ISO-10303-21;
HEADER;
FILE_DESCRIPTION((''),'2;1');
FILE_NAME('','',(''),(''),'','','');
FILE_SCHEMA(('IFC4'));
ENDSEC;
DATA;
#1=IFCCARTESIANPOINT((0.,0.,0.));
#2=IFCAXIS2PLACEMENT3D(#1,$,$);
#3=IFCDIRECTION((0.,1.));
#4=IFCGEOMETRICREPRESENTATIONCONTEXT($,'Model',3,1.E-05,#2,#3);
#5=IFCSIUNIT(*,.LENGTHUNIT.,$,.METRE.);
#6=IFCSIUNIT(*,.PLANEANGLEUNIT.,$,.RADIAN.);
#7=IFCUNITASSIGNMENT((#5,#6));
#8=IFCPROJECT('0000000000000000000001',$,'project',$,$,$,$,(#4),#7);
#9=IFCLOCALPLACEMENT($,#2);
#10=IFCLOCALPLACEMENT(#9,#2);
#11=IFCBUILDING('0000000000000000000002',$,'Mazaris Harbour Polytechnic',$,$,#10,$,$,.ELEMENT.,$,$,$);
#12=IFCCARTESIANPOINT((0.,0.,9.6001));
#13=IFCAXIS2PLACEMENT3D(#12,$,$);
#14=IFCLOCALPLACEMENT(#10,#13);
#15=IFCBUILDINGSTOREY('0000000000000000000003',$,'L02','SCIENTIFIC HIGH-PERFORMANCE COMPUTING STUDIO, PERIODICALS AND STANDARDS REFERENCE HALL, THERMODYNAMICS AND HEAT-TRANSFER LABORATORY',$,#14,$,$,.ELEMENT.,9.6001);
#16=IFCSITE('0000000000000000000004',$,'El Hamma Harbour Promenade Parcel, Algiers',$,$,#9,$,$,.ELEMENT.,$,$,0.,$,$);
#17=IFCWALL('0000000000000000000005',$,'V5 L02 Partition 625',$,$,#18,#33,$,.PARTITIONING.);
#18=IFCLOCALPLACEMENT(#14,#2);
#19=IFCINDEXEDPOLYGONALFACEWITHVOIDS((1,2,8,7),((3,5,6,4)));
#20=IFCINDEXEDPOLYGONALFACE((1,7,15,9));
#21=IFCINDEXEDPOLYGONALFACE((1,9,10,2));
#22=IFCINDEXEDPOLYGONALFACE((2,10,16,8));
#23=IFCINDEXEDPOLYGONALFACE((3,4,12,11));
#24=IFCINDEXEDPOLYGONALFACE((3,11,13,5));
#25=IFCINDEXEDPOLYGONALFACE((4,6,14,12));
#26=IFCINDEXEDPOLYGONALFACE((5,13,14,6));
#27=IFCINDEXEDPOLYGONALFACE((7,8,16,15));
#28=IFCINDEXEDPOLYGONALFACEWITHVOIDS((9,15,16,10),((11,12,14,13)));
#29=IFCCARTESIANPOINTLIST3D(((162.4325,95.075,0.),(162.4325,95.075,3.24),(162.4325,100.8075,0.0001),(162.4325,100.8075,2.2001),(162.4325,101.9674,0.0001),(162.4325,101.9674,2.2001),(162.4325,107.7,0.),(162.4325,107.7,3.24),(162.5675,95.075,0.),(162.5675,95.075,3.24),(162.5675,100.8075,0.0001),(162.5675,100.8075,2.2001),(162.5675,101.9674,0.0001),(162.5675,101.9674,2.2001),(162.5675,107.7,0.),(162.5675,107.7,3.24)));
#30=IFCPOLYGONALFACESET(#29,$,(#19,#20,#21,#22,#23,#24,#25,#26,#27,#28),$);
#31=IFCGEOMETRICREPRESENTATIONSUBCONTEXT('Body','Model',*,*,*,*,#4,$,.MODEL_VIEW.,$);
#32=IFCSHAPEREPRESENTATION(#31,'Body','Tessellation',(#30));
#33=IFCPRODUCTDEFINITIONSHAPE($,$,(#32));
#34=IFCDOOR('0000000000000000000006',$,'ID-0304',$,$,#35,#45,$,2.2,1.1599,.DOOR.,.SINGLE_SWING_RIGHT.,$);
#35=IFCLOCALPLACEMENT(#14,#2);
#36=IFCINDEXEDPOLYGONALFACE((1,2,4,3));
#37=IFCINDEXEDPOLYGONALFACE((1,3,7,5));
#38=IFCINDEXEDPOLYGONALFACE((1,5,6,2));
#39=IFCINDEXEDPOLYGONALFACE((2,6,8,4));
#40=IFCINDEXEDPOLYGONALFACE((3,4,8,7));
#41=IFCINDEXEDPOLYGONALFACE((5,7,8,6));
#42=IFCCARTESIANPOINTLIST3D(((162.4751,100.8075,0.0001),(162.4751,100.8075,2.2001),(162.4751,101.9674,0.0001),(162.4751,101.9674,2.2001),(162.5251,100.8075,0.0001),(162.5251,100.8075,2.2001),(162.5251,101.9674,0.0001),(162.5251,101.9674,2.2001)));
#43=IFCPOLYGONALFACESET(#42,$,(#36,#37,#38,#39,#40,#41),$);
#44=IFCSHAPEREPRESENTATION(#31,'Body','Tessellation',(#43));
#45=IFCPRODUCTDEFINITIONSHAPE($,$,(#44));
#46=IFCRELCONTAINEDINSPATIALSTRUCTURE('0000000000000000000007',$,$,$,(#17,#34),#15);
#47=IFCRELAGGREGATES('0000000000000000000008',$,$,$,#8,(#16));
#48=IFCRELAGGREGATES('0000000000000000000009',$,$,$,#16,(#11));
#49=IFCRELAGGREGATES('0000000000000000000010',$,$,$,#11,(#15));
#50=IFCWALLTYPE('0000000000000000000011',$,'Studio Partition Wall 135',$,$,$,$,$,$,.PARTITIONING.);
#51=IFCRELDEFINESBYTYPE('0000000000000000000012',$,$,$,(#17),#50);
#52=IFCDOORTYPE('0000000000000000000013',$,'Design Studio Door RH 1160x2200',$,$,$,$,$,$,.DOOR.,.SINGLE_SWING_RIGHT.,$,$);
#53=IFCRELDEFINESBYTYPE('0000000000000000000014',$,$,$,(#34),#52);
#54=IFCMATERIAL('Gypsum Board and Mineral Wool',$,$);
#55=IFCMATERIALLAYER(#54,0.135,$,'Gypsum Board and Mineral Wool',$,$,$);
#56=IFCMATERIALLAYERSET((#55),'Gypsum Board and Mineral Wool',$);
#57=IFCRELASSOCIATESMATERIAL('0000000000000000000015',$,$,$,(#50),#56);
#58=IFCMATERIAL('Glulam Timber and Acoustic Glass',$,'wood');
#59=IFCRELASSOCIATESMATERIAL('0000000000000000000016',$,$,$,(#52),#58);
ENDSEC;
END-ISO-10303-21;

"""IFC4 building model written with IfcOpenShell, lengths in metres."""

from ifc_helpers import new_model, si_unit, direction, frame, frame_2d, origin, place, context, subcontext, project, spatial, rectangle, extrude, material, layer, layer_set, type_object, element, fill, save


model = new_model("IFC4")

# Units and contexts
model_context = context("Model", 3, precision=1e-05, world=origin(), true_north=direction((0.0, 1.0)))
body_context = subcontext(model_context, "Body", "Model", "MODEL_VIEW")
ifc_project = project(units=[si_unit("LENGTHUNIT", "METRE"), si_unit("PLANEANGLEUNIT", "RADIAN")], contexts=[model_context])

# Site, building, storey
site_placement = place(None, origin())
site = spatial("IfcSite", under=ifc_project, at=site_placement, Name="El Hamma Harbour Promenade Parcel, Algiers", CompositionType="ELEMENT", RefElevation=0.0)
building_placement = place(site_placement, origin())
building = spatial("IfcBuilding", under=site, at=building_placement, Name="Mazaris Harbour Polytechnic", CompositionType="ELEMENT")
storey_placement = place(building_placement, frame((0.0, 0.0, 9.6001)))
storey = spatial("IfcBuildingStorey", under=building, at=storey_placement, Name="L02", Description="SCIENTIFIC HIGH-PERFORMANCE COMPUTING STUDIO, PERIODICALS AND STANDARDS REFERENCE HALL, THERMODYNAMICS AND HEAT-TRANSFER LABORATORY", CompositionType="ELEMENT", Elevation=9.6001)

# Wall, opening, door
ifc_material_1 = material(Name="Gypsum Board and Mineral Wool")
ifc_layer_1 = layer(ifc_material_1, 0.135, Name="Gypsum Board and Mineral Wool")
ifc_layer_set_1 = layer_set([ifc_layer_1], Name="Gypsum Board and Mineral Wool")
wall_type_1 = type_object("IfcWallType", Name="Studio Partition Wall 135", PredefinedType="PARTITIONING", material=ifc_layer_set_1)
wall_1_placement = place(storey_placement, frame((162.5, 95.075, 0.0), z_axis=(0.0, 0.0, 1.0), x_axis=(0.0, 1.0, 0.0)))
wall_1 = element("IfcWall", 1, at=wall_1_placement, inside=storey, type_object=wall_type_1, Name="V5 L02 Partition 625", PredefinedType="PARTITIONING", context=body_context, shape_type="SweptSolid", body=[
    extrude(rectangle(XDim=12.625, YDim=0.135, at=frame_2d((6.3125, 0.0))), origin(), (0.0, 0.0, 1.0), 3.24),
])
opening_1_placement = place(wall_1_placement, frame((5.7324, 0.0, 0.0)))
opening_1 = element("IfcOpeningElement", 2, at=opening_1_placement, cuts=wall_1, PredefinedType="OPENING", context=body_context, shape_type="SweptSolid", body=[
    extrude(rectangle(XDim=1.1599, YDim=2.2, at=frame_2d((0.5801, 1.1001))), frame((0.0, 0.0774, 0.0), z_axis=(0.0, -1.0, 0.0), x_axis=(1.0, 0.0, 0.0)), (0.0, 0.0, 1.0), 0.155),
])
ifc_material_2 = material(Name="Glulam Timber and Acoustic Glass", Category="wood")
door_type_1 = type_object("IfcDoorType", Name="Design Studio Door RH 1160x2200", OperationType="SINGLE_SWING_RIGHT", PredefinedType="DOOR", material=ifc_material_2)
door_1_placement = place(opening_1_placement, origin())
door_1 = element("IfcDoor", 3, at=door_1_placement, inside=storey, type_object=door_type_1, Name="ID-0304", OperationType="SINGLE_SWING_RIGHT", OverallHeight=2.2, OverallWidth=1.1599, PredefinedType="DOOR", context=body_context, shape_type="SweptSolid", body=[
    extrude(rectangle(XDim=1.1599, YDim=2.2, at=frame_2d((0.5801, 1.1001))), frame((0.0, 0.0249, 0.0), z_axis=(0.0, -1.0, 0.0), x_axis=(1.0, 0.0, 0.0)), (0.0, 0.0, 1.0), 0.05),
])
fill(opening_1, door_1)

save(model, "model.ifc")
